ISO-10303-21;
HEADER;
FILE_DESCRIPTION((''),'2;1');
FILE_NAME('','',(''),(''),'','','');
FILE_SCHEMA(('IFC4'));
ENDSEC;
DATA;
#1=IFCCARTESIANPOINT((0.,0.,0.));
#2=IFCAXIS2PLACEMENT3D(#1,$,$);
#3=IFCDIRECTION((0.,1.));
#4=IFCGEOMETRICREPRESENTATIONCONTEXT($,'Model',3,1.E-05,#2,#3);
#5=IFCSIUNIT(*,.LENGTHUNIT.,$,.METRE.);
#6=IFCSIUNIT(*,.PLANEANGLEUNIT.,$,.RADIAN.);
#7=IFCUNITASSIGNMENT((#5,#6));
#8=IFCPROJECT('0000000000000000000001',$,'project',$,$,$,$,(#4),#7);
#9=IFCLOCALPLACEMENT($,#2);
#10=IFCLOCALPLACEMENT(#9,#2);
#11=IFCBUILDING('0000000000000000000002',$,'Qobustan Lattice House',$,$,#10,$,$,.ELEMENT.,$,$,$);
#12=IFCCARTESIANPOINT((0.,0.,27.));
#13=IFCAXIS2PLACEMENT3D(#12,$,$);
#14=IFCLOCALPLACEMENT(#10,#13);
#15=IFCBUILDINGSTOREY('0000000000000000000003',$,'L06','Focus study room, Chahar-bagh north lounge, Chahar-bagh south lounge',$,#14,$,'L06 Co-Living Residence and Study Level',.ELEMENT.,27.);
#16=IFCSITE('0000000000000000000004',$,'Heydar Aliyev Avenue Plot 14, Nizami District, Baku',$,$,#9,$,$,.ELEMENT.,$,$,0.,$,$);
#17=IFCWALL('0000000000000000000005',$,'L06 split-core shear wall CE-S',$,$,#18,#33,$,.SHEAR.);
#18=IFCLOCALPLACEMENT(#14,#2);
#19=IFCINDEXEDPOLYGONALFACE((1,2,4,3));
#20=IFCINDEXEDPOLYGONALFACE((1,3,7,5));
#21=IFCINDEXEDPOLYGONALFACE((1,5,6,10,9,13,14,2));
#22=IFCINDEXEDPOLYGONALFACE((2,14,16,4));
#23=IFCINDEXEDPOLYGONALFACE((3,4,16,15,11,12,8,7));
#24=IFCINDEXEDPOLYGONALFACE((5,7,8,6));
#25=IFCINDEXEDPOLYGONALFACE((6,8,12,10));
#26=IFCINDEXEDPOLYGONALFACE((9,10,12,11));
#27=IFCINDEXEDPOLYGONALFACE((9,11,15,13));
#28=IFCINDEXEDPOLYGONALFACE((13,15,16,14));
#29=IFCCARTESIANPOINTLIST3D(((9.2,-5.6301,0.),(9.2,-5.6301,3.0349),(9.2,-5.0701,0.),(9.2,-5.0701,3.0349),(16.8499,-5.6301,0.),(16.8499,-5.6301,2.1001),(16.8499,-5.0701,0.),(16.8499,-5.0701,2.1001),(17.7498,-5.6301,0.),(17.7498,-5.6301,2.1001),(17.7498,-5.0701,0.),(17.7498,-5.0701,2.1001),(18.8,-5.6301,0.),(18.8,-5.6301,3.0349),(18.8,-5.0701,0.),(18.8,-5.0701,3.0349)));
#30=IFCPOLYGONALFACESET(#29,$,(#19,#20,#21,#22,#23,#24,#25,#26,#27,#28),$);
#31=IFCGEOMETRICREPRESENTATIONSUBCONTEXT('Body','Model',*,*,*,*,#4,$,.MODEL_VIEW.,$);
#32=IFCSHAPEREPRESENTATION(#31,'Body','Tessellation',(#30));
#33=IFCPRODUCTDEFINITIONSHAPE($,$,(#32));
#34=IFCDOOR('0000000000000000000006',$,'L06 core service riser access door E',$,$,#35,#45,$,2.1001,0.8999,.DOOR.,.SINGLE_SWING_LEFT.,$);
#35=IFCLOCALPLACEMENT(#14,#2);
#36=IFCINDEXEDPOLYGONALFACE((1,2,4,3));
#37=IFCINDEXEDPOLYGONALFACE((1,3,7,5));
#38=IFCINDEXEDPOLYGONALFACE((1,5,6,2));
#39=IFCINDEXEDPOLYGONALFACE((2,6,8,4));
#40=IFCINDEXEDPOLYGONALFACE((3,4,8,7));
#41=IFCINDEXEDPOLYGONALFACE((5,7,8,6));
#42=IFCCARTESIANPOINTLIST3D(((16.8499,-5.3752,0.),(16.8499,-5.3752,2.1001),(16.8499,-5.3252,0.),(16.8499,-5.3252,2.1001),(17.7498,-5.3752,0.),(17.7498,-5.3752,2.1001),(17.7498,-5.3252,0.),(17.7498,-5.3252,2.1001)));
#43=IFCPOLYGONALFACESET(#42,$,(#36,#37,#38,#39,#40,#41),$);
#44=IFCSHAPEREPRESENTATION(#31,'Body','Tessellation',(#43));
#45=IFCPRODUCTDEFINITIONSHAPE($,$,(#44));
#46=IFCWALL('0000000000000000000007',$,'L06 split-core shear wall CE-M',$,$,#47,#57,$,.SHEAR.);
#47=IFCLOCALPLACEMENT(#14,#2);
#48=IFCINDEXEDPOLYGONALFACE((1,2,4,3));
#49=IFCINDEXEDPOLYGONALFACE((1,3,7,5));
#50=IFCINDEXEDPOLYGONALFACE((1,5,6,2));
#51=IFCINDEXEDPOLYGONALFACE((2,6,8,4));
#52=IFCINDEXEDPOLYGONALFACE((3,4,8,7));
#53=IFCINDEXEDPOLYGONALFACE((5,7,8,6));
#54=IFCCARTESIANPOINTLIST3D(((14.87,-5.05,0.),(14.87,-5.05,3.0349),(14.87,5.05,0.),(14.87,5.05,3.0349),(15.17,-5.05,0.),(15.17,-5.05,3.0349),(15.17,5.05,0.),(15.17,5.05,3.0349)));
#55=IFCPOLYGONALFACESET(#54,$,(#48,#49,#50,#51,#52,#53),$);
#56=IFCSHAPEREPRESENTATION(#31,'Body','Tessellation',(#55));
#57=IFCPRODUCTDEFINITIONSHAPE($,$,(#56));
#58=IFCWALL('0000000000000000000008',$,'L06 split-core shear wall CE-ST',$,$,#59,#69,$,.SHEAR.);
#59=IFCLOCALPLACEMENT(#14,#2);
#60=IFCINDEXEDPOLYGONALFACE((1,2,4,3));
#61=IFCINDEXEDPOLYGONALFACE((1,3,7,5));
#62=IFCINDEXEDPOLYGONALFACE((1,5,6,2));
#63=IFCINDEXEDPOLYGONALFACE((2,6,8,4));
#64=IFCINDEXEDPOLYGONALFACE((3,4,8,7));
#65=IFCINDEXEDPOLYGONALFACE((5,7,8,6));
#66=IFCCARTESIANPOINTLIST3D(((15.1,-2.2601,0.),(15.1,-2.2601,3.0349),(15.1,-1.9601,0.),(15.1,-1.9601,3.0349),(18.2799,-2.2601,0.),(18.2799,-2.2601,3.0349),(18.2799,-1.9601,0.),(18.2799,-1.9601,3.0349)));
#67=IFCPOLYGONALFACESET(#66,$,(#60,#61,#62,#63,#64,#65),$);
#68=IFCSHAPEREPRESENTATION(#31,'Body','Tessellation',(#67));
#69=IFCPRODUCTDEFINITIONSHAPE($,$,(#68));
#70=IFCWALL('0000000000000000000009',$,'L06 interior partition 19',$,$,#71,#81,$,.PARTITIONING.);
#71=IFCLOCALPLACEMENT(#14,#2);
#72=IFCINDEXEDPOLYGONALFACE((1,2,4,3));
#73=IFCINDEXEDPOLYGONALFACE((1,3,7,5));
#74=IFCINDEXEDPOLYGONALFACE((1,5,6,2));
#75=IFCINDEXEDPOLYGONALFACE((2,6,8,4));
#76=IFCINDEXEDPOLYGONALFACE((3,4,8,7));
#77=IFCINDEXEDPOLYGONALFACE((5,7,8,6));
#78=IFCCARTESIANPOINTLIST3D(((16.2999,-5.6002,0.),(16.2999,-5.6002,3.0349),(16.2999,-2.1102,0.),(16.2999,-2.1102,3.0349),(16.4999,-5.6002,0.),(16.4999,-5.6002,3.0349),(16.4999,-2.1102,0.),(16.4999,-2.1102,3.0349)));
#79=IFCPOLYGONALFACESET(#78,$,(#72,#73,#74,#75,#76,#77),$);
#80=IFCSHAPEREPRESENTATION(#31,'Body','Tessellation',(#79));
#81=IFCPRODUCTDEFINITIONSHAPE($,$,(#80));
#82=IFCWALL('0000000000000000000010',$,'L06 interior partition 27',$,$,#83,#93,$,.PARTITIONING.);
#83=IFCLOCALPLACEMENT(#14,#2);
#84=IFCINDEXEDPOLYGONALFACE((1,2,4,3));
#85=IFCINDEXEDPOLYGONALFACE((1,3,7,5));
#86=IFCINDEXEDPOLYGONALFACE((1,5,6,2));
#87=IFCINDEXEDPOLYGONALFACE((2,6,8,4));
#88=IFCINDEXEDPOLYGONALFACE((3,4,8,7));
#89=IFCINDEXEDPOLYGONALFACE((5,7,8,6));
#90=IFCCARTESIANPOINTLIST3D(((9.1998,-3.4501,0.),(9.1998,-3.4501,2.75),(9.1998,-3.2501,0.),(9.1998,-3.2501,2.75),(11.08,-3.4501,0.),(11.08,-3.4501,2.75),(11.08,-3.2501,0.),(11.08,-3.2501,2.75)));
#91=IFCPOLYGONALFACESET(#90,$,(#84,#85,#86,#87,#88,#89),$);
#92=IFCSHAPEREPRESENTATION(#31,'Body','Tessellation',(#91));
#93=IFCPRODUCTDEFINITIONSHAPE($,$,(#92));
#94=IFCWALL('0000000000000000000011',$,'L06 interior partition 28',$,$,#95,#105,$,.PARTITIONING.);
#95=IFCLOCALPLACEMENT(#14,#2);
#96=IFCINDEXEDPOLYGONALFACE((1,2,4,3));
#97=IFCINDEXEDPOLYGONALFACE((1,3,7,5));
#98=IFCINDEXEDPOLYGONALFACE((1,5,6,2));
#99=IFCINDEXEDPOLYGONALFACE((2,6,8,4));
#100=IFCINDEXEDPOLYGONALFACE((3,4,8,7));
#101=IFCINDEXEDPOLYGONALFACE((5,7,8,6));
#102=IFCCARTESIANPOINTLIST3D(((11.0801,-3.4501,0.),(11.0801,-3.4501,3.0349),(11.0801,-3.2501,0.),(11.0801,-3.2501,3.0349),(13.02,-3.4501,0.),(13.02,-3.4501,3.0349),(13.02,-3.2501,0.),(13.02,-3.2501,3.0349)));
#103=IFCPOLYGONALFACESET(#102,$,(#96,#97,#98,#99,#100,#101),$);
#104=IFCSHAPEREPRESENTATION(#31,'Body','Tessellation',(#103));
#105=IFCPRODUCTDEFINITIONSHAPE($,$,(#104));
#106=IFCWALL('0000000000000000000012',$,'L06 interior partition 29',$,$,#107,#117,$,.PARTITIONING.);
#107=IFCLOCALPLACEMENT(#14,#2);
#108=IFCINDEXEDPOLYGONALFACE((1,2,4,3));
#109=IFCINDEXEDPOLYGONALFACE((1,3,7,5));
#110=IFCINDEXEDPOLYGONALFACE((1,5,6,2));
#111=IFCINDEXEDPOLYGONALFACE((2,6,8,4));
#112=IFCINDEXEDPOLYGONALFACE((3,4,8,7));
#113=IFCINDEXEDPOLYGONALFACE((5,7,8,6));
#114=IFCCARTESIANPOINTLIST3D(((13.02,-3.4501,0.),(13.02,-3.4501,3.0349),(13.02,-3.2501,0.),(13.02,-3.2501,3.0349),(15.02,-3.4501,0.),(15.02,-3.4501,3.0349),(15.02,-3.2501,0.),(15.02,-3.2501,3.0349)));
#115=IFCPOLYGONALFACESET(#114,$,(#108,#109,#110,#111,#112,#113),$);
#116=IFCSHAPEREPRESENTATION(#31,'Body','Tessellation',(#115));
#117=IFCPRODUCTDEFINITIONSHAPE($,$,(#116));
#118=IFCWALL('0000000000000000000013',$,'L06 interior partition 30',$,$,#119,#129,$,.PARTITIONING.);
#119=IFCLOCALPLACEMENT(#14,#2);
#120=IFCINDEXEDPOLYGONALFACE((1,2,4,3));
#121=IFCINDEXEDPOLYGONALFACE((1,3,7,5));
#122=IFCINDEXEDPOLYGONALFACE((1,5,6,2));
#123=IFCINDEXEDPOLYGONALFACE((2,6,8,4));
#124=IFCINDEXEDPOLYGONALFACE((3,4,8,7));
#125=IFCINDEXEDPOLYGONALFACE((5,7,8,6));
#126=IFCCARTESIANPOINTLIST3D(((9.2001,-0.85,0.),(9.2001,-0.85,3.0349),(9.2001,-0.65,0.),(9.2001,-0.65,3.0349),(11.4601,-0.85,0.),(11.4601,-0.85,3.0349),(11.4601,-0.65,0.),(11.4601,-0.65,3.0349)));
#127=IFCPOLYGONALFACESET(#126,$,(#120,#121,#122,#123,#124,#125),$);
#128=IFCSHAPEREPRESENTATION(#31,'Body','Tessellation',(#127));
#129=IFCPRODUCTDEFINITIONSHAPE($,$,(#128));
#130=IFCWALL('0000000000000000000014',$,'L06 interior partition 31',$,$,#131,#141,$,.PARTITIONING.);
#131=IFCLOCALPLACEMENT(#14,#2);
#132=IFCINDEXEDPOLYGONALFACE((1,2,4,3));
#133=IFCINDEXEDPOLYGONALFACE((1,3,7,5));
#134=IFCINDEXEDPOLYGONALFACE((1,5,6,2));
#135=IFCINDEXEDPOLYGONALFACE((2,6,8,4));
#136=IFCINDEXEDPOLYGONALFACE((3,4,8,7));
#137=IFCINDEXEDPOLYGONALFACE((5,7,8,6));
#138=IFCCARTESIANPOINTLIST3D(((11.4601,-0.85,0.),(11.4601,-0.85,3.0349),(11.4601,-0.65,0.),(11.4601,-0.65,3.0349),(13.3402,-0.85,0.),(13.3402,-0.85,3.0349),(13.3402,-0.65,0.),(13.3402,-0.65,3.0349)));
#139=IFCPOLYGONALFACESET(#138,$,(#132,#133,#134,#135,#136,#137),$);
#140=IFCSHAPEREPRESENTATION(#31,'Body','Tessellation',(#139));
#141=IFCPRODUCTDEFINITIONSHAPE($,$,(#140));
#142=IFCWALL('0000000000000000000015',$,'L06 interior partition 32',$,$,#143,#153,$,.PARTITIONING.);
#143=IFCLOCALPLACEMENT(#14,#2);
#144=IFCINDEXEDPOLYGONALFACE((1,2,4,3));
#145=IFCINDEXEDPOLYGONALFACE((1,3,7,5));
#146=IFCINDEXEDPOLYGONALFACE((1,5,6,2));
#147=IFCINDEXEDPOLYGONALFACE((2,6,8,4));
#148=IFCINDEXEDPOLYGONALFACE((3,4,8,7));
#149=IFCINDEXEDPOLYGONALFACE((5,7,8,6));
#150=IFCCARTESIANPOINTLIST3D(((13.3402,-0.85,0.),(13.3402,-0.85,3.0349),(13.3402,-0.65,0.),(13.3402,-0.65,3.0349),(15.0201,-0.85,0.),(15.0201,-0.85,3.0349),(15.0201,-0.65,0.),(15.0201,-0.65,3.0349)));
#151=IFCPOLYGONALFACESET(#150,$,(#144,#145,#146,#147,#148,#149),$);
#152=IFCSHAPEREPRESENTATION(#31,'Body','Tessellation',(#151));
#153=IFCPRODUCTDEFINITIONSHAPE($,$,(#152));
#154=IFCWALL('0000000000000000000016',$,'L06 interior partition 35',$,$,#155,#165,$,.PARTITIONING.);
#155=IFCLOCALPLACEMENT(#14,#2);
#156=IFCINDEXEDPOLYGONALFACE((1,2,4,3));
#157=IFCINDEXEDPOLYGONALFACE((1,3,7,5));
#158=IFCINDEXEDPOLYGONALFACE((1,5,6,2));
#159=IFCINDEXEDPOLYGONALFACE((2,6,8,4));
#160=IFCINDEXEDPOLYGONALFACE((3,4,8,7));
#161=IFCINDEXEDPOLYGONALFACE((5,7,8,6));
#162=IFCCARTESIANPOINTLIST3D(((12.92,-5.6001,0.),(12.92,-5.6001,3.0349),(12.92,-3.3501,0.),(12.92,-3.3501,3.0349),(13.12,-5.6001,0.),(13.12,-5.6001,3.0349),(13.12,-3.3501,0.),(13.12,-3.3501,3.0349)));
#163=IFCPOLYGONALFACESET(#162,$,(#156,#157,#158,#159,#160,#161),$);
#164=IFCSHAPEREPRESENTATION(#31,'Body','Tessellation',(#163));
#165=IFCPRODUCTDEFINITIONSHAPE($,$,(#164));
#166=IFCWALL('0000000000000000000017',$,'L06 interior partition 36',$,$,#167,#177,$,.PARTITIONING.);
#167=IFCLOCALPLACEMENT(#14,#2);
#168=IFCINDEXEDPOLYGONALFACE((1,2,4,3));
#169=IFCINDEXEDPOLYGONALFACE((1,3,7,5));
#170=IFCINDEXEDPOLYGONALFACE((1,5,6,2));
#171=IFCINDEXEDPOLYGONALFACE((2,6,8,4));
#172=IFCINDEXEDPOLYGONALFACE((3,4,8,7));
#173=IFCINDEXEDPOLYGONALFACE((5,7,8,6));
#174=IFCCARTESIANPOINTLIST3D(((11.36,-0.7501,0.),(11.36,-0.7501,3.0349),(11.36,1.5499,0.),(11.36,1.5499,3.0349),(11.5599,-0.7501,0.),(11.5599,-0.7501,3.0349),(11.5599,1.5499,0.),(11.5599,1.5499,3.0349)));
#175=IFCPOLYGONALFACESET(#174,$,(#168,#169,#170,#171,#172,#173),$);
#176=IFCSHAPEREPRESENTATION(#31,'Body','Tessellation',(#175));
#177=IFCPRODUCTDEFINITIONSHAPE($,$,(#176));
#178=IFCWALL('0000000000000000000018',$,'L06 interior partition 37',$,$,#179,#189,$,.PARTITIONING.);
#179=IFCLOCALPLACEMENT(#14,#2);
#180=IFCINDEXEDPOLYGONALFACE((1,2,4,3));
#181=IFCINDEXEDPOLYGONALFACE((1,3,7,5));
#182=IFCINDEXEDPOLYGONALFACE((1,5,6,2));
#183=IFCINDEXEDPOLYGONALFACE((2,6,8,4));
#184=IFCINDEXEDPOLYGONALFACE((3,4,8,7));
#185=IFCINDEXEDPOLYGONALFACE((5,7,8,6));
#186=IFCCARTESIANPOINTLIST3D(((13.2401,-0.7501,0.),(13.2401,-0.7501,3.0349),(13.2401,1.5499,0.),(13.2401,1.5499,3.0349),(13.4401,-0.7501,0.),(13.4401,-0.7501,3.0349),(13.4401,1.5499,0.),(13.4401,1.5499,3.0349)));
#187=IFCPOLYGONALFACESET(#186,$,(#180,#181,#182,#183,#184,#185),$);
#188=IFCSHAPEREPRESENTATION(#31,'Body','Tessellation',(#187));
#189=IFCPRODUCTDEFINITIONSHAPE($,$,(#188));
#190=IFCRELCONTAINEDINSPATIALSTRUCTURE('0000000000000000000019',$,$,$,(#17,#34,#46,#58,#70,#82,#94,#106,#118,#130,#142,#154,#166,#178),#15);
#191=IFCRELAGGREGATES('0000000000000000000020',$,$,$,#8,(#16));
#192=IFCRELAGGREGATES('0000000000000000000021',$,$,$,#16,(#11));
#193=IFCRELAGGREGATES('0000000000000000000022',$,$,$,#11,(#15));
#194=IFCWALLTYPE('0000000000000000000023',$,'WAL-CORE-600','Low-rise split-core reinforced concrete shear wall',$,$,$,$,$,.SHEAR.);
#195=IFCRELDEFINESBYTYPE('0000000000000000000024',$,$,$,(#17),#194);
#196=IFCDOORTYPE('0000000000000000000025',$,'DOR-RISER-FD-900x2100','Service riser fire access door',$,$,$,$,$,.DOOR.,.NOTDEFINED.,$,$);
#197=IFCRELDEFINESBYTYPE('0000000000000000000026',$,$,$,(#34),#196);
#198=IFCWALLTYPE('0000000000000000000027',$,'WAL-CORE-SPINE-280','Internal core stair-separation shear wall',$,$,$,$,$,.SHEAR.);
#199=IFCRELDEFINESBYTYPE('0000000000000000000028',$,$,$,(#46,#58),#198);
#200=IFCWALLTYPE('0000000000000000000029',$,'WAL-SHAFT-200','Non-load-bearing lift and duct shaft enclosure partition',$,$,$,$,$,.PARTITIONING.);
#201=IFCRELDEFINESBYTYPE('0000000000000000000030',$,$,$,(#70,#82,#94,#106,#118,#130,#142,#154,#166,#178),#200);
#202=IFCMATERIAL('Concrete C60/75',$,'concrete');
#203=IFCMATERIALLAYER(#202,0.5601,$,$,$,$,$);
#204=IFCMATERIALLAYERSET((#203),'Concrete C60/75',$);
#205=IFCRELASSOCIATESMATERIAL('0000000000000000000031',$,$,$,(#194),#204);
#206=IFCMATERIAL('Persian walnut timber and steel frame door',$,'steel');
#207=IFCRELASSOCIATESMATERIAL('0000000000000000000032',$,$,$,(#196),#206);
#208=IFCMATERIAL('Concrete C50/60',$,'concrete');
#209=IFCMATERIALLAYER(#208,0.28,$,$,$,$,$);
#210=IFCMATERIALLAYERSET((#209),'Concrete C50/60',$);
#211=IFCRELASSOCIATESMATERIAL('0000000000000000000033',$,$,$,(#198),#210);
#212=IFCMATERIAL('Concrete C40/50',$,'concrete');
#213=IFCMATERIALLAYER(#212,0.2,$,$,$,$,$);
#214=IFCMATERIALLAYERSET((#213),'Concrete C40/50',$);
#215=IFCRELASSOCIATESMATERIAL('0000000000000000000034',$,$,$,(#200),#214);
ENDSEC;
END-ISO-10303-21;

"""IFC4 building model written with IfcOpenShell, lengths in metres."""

from ifc_helpers import new_model, si_unit, direction, frame, frame_2d, origin, place, context, subcontext, project, spatial, rectangle, extrude, material, layer, layer_set, type_object, element, fill, save


model = new_model("IFC4")

# Units and contexts
model_context = context("Model", 3, precision=1e-05, world=origin(), true_north=direction((0.0, 1.0)))
body_context = subcontext(model_context, "Body", "Model", "MODEL_VIEW")
ifc_project = project(units=[si_unit("LENGTHUNIT", "METRE"), si_unit("PLANEANGLEUNIT", "RADIAN")], contexts=[model_context])

# Site, building, storey
site_placement = place(None, origin())
site = spatial("IfcSite", under=ifc_project, at=site_placement, Name="Heydar Aliyev Avenue Plot 14, Nizami District, Baku", CompositionType="ELEMENT", RefElevation=0.0)
building_placement = place(site_placement, origin())
building = spatial("IfcBuilding", under=site, at=building_placement, Name="Qobustan Lattice House", CompositionType="ELEMENT")
storey_placement = place(building_placement, frame((0.0, 0.0, 27.0)))
storey = spatial("IfcBuildingStorey", under=building, at=storey_placement, Name="L06", Description="Focus study room, Chahar-bagh north lounge, Chahar-bagh south lounge", LongName="L06 Co-Living Residence and Study Level", CompositionType="ELEMENT", Elevation=27.0)

# Wall, opening, door
ifc_material_1 = material(Name="Concrete C60/75", Category="concrete")
ifc_layer_1 = layer(ifc_material_1, 0.5601)
ifc_layer_set_1 = layer_set([ifc_layer_1], Name="Concrete C60/75")
wall_type_1 = type_object("IfcWallType", Name="WAL-CORE-600", Description="Low-rise split-core reinforced concrete shear wall", PredefinedType="SHEAR", material=ifc_layer_set_1)
wall_1_placement = place(storey_placement, frame((9.2, -5.3501, 0.0), z_axis=(0.0, 0.0, 1.0), x_axis=(1.0, 0.0, 0.0)))
wall_1 = element("IfcWall", 1, at=wall_1_placement, inside=storey, type_object=wall_type_1, Name="L06 split-core shear wall CE-S", PredefinedType="SHEAR", context=body_context, shape_type="SweptSolid", body=[
    extrude(rectangle(XDim=9.6001, YDim=0.5601, at=frame_2d((4.8, 0.0))), origin(), (0.0, 0.0, 1.0), 3.0349),
])
opening_1_placement = place(wall_1_placement, frame((7.6499, 0.0, 0.0)))
opening_1 = element("IfcOpeningElement", 2, at=opening_1_placement, cuts=wall_1, PredefinedType="OPENING", context=body_context, shape_type="SweptSolid", body=[
    extrude(rectangle(XDim=0.8999, YDim=2.1001, at=frame_2d((0.45, 1.05))), frame((0.0, 0.29, 0.0), z_axis=(0.0, -1.0, 0.0), x_axis=(1.0, 0.0, 0.0)), (0.0, 0.0, 1.0), 0.5801),
])
ifc_material_2 = material(Name="Persian walnut timber and steel frame door", Category="steel")
door_type_1 = type_object("IfcDoorType", Name="DOR-RISER-FD-900x2100", Description="Service riser fire access door", OperationType="NOTDEFINED", PredefinedType="DOOR", material=ifc_material_2)
door_1_placement = place(opening_1_placement, origin())
door_1 = element("IfcDoor", 3, at=door_1_placement, inside=storey, type_object=door_type_1, Name="L06 core service riser access door E", OperationType="SINGLE_SWING_LEFT", OverallHeight=2.1001, OverallWidth=0.8999, PredefinedType="DOOR", context=body_context, shape_type="SweptSolid", body=[
    extrude(rectangle(XDim=0.8999, YDim=2.1001, at=frame_2d((0.45, 1.05))), frame((0.0, 0.0249, 0.0), z_axis=(0.0, -1.0, 0.0), x_axis=(1.0, 0.0, 0.0)), (0.0, 0.0, 1.0), 0.05),
])
fill(opening_1, door_1)

# Walls
ifc_material_3 = material(Name="Concrete C50/60", Category="concrete")
ifc_layer_2 = layer(ifc_material_3, 0.28)
ifc_layer_set_2 = layer_set([ifc_layer_2], Name="Concrete C50/60")
wall_type_2 = type_object("IfcWallType", Name="WAL-CORE-SPINE-280", Description="Internal core stair-separation shear wall", PredefinedType="SHEAR", material=ifc_layer_set_2)
wall_2_placement = place(storey_placement, frame((15.02, -5.05, 0.0), z_axis=(0.0, 0.0, 1.0), x_axis=(0.0, 1.0, 0.0)))
element("IfcWall", 4, at=wall_2_placement, inside=storey, type_object=wall_type_2, Name="L06 split-core shear wall CE-M", PredefinedType="SHEAR", context=body_context, shape_type="SweptSolid", body=[
    extrude(rectangle(XDim=10.1001, YDim=0.3, at=frame_2d((5.05, 0.0))), origin(), (0.0, 0.0, 1.0), 3.0349),
])
wall_3_placement = place(storey_placement, frame((15.1001, -2.1101, 0.0), z_axis=(0.0, 0.0, 1.0), x_axis=(1.0, 0.0, 0.0)))
element("IfcWall", 5, at=wall_3_placement, inside=storey, type_object=wall_type_2, Name="L06 split-core shear wall CE-ST", PredefinedType="SHEAR", context=body_context, shape_type="SweptSolid", body=[
    extrude(rectangle(XDim=3.1799, YDim=0.3, at=frame_2d((1.5898, 0.0))), origin(), (0.0, 0.0, 1.0), 3.0349),
])
ifc_material_4 = material(Name="Concrete C40/50", Category="concrete")
ifc_layer_3 = layer(ifc_material_4, 0.2)
ifc_layer_set_3 = layer_set([ifc_layer_3], Name="Concrete C40/50")
wall_type_3 = type_object("IfcWallType", Name="WAL-SHAFT-200", Description="Non-load-bearing lift and duct shaft enclosure partition", PredefinedType="PARTITIONING", material=ifc_layer_set_3)
wall_4_placement = place(storey_placement, frame((16.3999, -2.1101, 0.0), z_axis=(0.0, 0.0, 1.0), x_axis=(0.0, -1.0, 0.0)))
element("IfcWall", 6, at=wall_4_placement, inside=storey, type_object=wall_type_3, Name="L06 interior partition 19", PredefinedType="PARTITIONING", context=body_context, shape_type="SweptSolid", body=[
    extrude(rectangle(XDim=3.49, YDim=0.2, at=frame_2d((1.7451, 0.0))), origin(), (0.0, 0.0, 1.0), 3.0349),
])
wall_5_placement = place(storey_placement, frame((9.2, -3.3501, 0.0), z_axis=(0.0, 0.0, 1.0), x_axis=(1.0, 0.0, 0.0)))
element("IfcWall", 7, at=wall_5_placement, inside=storey, type_object=wall_type_3, Name="L06 interior partition 27", PredefinedType="PARTITIONING", context=body_context, shape_type="SweptSolid", body=[
    extrude(rectangle(XDim=1.8801, YDim=0.2, at=frame_2d((0.9399, 0.0))), origin(), (0.0, 0.0, 1.0), 2.75),
])
wall_6_placement = place(storey_placement, frame((11.0801, -3.3501, 0.0), z_axis=(0.0, 0.0, 1.0), x_axis=(1.0, 0.0, 0.0)))
element("IfcWall", 8, at=wall_6_placement, inside=storey, type_object=wall_type_3, Name="L06 interior partition 28", PredefinedType="PARTITIONING", context=body_context, shape_type="SweptSolid", body=[
    extrude(rectangle(XDim=1.9399, YDim=0.2, at=frame_2d((0.97, 0.0))), origin(), (0.0, 0.0, 1.0), 3.0349),
])
wall_7_placement = place(storey_placement, frame((13.02, -3.3501, 0.0), z_axis=(0.0, 0.0, 1.0), x_axis=(1.0, 0.0, 0.0)))
element("IfcWall", 9, at=wall_7_placement, inside=storey, type_object=wall_type_3, Name="L06 interior partition 29", PredefinedType="PARTITIONING", context=body_context, shape_type="SweptSolid", body=[
    extrude(rectangle(XDim=2.0, YDim=0.2, at=frame_2d((1.0, 0.0))), origin(), (0.0, 0.0, 1.0), 3.0349),
])
wall_8_placement = place(storey_placement, frame((11.46, -0.75, 0.0), z_axis=(0.0, 0.0, 1.0), x_axis=(-1.0, 0.0, 0.0)))
element("IfcWall", 10, at=wall_8_placement, inside=storey, type_object=wall_type_3, Name="L06 interior partition 30", PredefinedType="PARTITIONING", context=body_context, shape_type="SweptSolid", body=[
    extrude(rectangle(XDim=2.26, YDim=0.2, at=frame_2d((1.1299, 0.0))), origin(), (0.0, 0.0, 1.0), 3.0349),
])
wall_9_placement = place(storey_placement, frame((13.3401, -0.75, 0.0), z_axis=(0.0, 0.0, 1.0), x_axis=(-1.0, 0.0, 0.0)))
element("IfcWall", 11, at=wall_9_placement, inside=storey, type_object=wall_type_3, Name="L06 interior partition 31", PredefinedType="PARTITIONING", context=body_context, shape_type="SweptSolid", body=[
    extrude(rectangle(XDim=1.8801, YDim=0.2, at=frame_2d((0.9399, 0.0))), origin(), (0.0, 0.0, 1.0), 3.0349),
])
wall_10_placement = place(storey_placement, frame((15.02, -0.75, 0.0), z_axis=(0.0, 0.0, 1.0), x_axis=(-1.0, 0.0, 0.0)))
element("IfcWall", 12, at=wall_10_placement, inside=storey, type_object=wall_type_3, Name="L06 interior partition 32", PredefinedType="PARTITIONING", context=body_context, shape_type="SweptSolid", body=[
    extrude(rectangle(XDim=1.6799, YDim=0.2, at=frame_2d((0.8398, 0.0))), origin(), (0.0, 0.0, 1.0), 3.0349),
])
wall_11_placement = place(storey_placement, frame((13.02, -5.6001, 0.0), z_axis=(0.0, 0.0, 1.0), x_axis=(0.0, 1.0, 0.0)))
element("IfcWall", 13, at=wall_11_placement, inside=storey, type_object=wall_type_3, Name="L06 interior partition 35", PredefinedType="PARTITIONING", context=body_context, shape_type="SweptSolid", body=[
    extrude(rectangle(XDim=2.25, YDim=0.2, at=frame_2d((1.125, 0.0))), origin(), (0.0, 0.0, 1.0), 3.0349),
])
for number, where, z_axis, x_axis, name in (
    (14, (11.46, -0.75, 0.0), (0.0, 0.0, 1.0), (0.0, 1.0, 0.0), "L06 interior partition 36"),
    (15, (13.3401, -0.75, 0.0), (0.0, 0.0, 1.0), (0.0, 1.0, 0.0), "L06 interior partition 37"),
):
    element("IfcWall", number, at=place(storey_placement, frame(where, z_axis=z_axis, x_axis=x_axis)), inside=storey, type_object=wall_type_3, Name=name, PredefinedType="PARTITIONING", context=body_context, shape_type="SweptSolid", body=[
        extrude(rectangle(XDim=2.3, YDim=0.2, at=frame_2d((1.1499, 0.0))), origin(), (0.0, 0.0, 1.0), 3.0349),
    ])

save(model, "model.ifc")
